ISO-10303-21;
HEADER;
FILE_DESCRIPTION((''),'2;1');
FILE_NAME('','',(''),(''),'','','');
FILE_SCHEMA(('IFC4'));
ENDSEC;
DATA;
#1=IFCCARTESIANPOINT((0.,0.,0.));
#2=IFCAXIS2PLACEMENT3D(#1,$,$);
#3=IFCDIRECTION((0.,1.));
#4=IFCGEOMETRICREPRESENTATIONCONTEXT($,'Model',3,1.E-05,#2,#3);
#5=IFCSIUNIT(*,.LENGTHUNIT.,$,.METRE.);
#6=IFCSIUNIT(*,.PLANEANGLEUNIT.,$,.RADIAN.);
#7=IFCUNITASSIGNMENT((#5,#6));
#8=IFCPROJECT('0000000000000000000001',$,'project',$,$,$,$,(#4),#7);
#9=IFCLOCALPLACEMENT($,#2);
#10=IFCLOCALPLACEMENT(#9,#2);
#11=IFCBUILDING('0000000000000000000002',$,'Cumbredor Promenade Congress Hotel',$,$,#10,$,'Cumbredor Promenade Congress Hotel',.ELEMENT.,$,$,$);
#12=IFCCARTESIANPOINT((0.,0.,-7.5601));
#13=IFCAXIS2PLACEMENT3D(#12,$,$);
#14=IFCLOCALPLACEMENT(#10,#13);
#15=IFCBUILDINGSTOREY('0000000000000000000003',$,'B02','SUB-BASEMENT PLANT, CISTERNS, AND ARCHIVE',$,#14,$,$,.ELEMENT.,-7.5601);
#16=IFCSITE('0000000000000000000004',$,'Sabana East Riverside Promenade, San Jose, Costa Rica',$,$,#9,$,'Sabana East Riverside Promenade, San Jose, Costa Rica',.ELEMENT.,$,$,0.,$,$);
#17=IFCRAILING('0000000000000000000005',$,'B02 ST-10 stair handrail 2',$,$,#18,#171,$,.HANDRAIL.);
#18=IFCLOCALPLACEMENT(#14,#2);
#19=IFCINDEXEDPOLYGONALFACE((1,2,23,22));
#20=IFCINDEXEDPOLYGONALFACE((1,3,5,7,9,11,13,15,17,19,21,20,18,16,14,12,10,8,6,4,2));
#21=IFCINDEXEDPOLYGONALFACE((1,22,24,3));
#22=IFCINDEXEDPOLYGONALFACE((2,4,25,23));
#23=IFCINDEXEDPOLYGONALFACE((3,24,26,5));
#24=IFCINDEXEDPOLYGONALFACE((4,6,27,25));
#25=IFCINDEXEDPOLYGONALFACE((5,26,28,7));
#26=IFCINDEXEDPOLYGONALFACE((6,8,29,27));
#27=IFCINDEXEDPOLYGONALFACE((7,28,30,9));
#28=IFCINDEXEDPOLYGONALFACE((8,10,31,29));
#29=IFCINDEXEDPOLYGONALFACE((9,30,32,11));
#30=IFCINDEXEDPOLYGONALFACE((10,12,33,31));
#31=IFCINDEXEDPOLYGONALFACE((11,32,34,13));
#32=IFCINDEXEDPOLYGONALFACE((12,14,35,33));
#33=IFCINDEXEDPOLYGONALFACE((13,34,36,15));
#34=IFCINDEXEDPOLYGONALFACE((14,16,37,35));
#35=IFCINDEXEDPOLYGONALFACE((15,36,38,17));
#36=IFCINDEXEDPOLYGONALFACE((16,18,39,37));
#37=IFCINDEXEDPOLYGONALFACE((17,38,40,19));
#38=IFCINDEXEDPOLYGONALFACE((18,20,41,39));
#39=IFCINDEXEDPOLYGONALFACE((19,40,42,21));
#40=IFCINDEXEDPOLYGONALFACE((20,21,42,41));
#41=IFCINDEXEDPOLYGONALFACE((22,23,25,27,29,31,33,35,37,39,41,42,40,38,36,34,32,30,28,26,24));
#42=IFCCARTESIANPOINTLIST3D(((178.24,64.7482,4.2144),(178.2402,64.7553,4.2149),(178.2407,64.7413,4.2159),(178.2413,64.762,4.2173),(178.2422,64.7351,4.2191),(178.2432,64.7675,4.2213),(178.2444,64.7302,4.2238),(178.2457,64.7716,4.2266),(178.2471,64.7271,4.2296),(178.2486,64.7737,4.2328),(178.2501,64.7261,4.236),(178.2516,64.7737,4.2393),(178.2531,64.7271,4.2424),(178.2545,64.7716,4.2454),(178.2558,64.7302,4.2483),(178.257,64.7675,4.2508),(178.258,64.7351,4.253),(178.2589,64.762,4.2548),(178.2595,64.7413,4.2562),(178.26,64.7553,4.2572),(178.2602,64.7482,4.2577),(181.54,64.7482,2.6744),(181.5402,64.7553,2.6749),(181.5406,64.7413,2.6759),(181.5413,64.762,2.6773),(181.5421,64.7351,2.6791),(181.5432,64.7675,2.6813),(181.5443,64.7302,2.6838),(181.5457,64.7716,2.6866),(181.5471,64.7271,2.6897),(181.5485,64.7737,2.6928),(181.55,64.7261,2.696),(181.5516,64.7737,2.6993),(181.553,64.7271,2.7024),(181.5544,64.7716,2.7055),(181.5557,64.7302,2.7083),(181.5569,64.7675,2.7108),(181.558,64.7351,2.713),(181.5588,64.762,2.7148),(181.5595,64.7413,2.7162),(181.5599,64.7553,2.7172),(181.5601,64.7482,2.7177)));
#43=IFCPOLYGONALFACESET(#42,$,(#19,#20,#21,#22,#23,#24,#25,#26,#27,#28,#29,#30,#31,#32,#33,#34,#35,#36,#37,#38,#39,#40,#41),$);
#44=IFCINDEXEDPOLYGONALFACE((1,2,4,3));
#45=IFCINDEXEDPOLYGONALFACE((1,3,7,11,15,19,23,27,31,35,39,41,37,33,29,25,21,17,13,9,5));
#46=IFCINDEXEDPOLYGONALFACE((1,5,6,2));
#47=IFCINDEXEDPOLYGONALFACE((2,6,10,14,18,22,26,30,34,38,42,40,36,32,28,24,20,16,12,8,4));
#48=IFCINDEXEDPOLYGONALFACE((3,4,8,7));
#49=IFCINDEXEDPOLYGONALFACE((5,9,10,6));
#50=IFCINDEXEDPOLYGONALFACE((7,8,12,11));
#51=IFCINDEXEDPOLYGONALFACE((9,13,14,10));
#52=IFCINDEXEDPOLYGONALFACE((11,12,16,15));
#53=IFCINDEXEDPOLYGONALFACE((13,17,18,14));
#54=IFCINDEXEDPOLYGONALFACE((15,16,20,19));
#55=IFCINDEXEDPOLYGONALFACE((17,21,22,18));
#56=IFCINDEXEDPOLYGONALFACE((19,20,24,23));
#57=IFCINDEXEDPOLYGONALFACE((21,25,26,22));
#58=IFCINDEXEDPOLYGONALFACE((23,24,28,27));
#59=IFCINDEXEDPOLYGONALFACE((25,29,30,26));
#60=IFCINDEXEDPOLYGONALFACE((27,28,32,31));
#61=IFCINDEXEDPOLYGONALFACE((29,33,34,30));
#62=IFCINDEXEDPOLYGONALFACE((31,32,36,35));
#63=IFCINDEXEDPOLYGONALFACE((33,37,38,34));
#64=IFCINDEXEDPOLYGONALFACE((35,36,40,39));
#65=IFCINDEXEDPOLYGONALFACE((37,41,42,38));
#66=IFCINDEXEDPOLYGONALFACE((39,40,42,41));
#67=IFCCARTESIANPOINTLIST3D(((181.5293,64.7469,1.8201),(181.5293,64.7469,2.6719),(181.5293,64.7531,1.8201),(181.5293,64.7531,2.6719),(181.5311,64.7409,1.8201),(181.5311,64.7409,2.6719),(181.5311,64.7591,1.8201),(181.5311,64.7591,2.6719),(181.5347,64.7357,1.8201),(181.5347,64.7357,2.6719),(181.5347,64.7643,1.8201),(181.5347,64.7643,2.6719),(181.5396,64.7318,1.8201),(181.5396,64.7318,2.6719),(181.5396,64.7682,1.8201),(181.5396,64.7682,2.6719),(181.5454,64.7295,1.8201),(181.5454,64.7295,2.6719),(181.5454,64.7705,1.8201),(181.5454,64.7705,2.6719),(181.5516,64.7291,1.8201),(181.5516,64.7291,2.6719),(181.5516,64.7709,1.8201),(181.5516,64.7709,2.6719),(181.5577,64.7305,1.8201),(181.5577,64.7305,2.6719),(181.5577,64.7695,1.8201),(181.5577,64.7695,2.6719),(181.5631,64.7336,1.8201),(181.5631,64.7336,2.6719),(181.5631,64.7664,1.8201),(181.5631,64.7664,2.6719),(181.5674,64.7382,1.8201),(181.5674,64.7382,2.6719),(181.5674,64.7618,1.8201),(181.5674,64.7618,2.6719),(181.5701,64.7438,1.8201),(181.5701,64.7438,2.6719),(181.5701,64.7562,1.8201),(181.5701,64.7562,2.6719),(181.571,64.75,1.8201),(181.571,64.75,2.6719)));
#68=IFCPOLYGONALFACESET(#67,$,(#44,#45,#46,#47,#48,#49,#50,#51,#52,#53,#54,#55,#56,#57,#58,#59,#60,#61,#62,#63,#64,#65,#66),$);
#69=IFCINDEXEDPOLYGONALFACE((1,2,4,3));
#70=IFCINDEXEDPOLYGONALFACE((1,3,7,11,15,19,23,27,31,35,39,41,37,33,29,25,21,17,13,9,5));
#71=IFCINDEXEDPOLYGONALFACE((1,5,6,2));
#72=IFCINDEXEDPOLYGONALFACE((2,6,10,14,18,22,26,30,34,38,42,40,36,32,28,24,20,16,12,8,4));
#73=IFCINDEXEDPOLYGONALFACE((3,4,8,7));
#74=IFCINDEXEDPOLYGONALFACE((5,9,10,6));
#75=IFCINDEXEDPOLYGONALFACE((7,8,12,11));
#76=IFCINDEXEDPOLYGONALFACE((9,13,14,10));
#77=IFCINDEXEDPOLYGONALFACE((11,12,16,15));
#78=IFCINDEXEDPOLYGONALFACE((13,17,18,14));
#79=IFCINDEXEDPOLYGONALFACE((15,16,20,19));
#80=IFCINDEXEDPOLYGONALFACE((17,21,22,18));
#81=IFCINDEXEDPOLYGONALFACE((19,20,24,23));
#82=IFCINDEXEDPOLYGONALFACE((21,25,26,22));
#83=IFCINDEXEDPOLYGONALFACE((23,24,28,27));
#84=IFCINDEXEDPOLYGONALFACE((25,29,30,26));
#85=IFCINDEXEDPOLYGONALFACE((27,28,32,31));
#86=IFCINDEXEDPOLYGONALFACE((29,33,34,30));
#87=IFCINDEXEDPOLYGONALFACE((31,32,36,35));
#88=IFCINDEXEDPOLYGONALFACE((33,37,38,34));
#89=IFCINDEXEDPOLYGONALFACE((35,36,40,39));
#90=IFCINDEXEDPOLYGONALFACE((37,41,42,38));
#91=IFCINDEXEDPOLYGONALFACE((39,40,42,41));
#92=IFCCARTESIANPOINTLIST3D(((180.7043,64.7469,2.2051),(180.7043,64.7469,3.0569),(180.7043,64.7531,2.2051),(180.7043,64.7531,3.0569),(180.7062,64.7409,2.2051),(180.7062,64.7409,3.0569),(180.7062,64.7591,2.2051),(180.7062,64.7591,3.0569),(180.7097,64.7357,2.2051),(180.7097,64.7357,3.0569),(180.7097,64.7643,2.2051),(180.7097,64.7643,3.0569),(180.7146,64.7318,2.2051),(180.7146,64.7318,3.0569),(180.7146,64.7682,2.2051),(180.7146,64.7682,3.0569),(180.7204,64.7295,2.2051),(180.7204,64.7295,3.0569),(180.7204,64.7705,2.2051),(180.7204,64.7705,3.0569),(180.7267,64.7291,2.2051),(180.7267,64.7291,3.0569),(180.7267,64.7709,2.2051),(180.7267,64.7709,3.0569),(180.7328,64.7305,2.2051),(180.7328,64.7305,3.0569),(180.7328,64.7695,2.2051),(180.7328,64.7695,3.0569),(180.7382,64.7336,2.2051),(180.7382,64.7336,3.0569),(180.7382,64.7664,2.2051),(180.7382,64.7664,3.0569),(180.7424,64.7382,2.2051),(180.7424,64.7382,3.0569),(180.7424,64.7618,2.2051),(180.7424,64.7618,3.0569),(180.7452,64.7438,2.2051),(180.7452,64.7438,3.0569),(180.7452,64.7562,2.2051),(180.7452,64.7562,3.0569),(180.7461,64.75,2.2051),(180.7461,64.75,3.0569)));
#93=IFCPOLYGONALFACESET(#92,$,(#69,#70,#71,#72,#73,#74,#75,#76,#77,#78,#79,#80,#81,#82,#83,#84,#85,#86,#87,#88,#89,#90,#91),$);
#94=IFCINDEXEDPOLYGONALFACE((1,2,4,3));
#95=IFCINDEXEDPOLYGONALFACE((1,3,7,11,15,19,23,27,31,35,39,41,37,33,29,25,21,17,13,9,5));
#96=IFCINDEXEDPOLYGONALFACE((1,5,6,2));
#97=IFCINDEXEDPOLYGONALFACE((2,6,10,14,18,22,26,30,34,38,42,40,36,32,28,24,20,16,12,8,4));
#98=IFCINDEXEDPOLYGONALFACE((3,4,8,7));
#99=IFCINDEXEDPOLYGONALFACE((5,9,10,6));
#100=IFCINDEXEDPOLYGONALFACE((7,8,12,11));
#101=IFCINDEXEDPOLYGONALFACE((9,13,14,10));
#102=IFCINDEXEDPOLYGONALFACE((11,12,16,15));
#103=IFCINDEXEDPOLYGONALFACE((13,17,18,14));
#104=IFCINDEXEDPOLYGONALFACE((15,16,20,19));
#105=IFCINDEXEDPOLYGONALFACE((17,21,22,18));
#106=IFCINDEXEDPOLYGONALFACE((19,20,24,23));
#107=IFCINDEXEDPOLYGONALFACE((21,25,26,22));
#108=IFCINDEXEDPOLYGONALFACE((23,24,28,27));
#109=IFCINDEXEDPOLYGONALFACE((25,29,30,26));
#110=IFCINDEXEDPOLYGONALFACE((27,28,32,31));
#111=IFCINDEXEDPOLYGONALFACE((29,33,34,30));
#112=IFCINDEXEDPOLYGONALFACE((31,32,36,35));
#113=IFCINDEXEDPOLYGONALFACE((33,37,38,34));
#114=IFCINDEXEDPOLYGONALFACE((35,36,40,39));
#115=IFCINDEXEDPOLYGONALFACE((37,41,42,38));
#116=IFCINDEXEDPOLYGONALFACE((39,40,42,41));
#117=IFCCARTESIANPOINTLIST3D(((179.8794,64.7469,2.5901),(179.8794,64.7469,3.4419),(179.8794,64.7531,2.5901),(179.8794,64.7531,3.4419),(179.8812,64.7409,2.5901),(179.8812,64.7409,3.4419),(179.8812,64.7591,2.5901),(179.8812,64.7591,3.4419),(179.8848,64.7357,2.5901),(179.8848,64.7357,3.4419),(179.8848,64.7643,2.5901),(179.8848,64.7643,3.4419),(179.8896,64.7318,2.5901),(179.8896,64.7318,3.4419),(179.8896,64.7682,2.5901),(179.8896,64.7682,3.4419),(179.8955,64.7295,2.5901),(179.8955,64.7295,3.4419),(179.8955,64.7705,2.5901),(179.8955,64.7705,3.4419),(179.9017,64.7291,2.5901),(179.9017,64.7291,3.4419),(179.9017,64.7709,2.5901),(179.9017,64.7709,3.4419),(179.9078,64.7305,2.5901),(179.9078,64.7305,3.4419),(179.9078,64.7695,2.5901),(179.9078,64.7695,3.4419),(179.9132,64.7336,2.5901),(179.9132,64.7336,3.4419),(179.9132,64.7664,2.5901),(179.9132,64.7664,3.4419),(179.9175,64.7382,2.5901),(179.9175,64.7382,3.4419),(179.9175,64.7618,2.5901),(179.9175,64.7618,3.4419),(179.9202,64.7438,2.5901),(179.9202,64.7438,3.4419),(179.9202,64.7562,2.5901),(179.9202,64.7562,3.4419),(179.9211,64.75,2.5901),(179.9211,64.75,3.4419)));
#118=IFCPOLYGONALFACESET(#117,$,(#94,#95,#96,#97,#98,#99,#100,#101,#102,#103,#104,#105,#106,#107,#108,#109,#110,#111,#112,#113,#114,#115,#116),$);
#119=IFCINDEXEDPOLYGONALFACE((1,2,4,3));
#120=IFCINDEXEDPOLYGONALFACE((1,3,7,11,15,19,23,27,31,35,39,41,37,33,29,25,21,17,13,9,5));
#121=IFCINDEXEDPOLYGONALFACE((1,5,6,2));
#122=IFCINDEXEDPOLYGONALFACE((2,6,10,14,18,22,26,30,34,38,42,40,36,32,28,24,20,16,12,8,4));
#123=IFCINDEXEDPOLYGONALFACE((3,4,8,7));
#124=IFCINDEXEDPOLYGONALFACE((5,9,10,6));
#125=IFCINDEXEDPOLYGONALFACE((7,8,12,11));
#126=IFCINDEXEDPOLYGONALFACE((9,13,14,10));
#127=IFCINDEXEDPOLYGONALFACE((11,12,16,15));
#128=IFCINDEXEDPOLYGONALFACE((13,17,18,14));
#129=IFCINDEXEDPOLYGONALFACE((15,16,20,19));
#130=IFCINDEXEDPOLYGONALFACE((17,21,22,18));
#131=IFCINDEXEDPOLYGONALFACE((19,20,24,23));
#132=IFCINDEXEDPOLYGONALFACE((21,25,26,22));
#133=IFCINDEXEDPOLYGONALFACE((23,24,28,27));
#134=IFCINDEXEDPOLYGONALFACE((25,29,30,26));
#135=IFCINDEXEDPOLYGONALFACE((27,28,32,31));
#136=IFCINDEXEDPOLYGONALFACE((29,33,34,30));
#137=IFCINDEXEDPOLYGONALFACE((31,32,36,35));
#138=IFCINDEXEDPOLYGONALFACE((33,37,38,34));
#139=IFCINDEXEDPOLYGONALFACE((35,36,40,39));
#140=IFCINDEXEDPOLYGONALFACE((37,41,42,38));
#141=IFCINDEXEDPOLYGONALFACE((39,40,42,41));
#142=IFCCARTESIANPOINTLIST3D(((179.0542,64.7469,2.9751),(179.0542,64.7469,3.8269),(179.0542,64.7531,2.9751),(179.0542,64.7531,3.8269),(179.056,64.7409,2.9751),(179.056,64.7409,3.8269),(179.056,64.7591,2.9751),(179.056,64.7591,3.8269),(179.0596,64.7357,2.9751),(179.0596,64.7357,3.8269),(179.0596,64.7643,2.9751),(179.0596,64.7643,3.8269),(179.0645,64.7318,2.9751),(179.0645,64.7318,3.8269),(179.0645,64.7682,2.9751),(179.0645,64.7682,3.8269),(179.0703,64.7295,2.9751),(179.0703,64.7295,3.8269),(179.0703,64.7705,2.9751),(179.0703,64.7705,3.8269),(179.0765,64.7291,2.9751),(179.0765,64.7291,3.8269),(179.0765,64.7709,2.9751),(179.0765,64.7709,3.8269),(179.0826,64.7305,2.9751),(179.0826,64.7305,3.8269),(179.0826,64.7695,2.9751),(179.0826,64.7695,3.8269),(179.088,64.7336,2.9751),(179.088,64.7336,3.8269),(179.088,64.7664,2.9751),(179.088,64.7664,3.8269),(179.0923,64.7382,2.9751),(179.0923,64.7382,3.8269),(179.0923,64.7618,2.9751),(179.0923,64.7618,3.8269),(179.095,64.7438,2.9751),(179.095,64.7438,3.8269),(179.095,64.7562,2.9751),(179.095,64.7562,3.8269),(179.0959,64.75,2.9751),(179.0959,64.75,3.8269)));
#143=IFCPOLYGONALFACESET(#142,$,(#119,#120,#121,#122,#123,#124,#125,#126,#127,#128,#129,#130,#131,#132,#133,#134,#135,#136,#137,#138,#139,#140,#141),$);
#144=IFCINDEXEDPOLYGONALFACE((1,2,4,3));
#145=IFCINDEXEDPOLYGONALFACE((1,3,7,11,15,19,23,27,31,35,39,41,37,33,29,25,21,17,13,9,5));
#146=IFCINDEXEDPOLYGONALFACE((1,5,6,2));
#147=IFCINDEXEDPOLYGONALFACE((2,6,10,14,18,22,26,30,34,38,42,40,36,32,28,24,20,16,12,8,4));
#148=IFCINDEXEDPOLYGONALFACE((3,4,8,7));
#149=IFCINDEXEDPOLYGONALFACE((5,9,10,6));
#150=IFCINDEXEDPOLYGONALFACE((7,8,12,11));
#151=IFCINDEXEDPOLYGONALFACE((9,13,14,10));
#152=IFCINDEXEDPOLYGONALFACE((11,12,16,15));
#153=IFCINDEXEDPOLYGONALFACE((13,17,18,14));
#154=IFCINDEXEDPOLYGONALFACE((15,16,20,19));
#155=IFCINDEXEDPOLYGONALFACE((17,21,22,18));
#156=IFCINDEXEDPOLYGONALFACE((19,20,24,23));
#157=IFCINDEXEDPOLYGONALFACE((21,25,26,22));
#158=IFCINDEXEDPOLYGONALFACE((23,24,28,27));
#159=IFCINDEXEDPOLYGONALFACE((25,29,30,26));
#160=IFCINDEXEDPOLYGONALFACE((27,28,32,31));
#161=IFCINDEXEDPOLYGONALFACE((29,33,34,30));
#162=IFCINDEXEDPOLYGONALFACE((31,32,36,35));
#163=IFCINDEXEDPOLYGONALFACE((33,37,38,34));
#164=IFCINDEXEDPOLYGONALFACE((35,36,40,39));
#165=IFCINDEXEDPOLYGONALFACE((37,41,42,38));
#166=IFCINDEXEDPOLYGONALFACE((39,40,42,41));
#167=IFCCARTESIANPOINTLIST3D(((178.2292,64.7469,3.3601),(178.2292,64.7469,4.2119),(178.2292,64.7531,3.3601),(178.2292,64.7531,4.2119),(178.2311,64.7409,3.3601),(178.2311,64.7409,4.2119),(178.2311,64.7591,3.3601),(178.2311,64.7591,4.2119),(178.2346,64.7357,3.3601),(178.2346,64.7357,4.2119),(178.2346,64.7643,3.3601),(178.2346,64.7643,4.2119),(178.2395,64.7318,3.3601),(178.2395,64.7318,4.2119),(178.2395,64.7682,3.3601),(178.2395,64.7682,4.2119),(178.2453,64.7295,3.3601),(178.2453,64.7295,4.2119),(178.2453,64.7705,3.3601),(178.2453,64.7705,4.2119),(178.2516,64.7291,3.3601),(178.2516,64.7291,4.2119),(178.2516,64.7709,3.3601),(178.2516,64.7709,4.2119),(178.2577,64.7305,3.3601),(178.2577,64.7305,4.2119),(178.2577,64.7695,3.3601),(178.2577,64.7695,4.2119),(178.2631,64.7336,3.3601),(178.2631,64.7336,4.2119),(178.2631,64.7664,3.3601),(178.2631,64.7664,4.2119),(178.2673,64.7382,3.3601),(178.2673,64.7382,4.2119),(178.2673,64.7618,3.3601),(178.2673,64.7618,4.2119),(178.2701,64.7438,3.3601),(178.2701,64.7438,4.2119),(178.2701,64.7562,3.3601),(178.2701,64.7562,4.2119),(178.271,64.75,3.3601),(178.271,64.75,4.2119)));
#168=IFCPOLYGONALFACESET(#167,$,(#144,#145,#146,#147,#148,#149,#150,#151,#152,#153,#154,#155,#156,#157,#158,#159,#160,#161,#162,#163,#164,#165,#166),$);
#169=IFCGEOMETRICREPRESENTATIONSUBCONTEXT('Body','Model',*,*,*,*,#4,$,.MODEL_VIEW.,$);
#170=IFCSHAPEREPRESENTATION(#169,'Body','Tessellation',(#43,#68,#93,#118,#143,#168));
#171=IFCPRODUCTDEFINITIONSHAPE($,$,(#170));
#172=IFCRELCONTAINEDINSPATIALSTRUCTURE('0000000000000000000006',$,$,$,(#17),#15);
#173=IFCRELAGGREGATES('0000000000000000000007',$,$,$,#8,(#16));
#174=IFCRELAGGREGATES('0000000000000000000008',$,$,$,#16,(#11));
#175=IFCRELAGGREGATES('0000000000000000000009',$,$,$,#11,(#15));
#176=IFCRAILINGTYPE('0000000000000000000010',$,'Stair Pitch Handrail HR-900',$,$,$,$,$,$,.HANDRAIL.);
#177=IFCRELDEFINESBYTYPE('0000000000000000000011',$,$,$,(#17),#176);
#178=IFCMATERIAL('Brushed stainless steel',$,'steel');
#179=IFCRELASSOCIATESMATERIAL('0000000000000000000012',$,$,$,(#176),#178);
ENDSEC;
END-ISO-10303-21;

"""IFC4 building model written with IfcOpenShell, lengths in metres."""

from ifc_helpers import new_model, si_unit, direction, frame, origin, origin_2d, place, context, subcontext, project, spatial, circle, extrude, material, type_object, element, save


model = new_model("IFC4")

# Units and contexts
model_context = context("Model", 3, precision=1e-05, world=origin(), true_north=direction((0.0, 1.0)))
body_context = subcontext(model_context, "Body", "Model", "MODEL_VIEW")
ifc_project = project(units=[si_unit("LENGTHUNIT", "METRE"), si_unit("PLANEANGLEUNIT", "RADIAN")], contexts=[model_context])

# Site, building, storey
site_placement = place(None, origin())
site = spatial("IfcSite", under=ifc_project, at=site_placement, Name="Sabana East Riverside Promenade, San Jose, Costa Rica", LongName="Sabana East Riverside Promenade, San Jose, Costa Rica", CompositionType="ELEMENT", RefElevation=0.0)
building_placement = place(site_placement, origin())
building = spatial("IfcBuilding", under=site, at=building_placement, Name="Cumbredor Promenade Congress Hotel", LongName="Cumbredor Promenade Congress Hotel", CompositionType="ELEMENT")
storey_placement = place(building_placement, frame((0.0, 0.0, -7.5601)))
storey = spatial("IfcBuildingStorey", under=building, at=storey_placement, Name="B02", Description="SUB-BASEMENT PLANT, CISTERNS, AND ARCHIVE", CompositionType="ELEMENT", Elevation=-7.5601)

# Railing
ifc_material_1 = material(Name="Brushed stainless steel", Category="steel")
railing_type_1 = type_object("IfcRailingType", Name="Stair Pitch Handrail HR-900", PredefinedType="HANDRAIL", material=ifc_material_1)
railing_1_placement = place(storey_placement, frame((181.55, 64.75, 1.8201)))
element("IfcRailing", 1, at=railing_1_placement, inside=storey, type_object=railing_type_1, Name="B02 ST-10 stair handrail 2", PredefinedType="HANDRAIL", context=body_context, shape_type="SweptSolid", body=[
    extrude(circle(Radius=0.0239, at=origin_2d()), frame((0.0, 0.0, 0.876), z_axis=(-0.906181, 0.0, 0.422889), x_axis=(0.0, -1.0, 0.0)), (0.0, 0.0, 1.0), 3.6416),
    extrude(circle(Radius=0.021, at=origin_2d()), origin(), (0.0, 0.0, 1.0), 0.8518),
    extrude(circle(Radius=0.021, at=origin_2d()), frame((-0.825, 0.0, 0.385)), (0.0, 0.0, 1.0), 0.8518),
    extrude(circle(Radius=0.021, at=origin_2d()), frame((-1.6499, 0.0, 0.77)), (0.0, 0.0, 1.0), 0.8518),
    extrude(circle(Radius=0.021, at=origin_2d()), frame((-2.4751, 0.0, 1.155)), (0.0, 0.0, 1.0), 0.8518),
    extrude(circle(Radius=0.021, at=origin_2d()), frame((-3.3, 0.0, 1.54)), (0.0, 0.0, 1.0), 0.8518),
])

save(model, "model.ifc")
